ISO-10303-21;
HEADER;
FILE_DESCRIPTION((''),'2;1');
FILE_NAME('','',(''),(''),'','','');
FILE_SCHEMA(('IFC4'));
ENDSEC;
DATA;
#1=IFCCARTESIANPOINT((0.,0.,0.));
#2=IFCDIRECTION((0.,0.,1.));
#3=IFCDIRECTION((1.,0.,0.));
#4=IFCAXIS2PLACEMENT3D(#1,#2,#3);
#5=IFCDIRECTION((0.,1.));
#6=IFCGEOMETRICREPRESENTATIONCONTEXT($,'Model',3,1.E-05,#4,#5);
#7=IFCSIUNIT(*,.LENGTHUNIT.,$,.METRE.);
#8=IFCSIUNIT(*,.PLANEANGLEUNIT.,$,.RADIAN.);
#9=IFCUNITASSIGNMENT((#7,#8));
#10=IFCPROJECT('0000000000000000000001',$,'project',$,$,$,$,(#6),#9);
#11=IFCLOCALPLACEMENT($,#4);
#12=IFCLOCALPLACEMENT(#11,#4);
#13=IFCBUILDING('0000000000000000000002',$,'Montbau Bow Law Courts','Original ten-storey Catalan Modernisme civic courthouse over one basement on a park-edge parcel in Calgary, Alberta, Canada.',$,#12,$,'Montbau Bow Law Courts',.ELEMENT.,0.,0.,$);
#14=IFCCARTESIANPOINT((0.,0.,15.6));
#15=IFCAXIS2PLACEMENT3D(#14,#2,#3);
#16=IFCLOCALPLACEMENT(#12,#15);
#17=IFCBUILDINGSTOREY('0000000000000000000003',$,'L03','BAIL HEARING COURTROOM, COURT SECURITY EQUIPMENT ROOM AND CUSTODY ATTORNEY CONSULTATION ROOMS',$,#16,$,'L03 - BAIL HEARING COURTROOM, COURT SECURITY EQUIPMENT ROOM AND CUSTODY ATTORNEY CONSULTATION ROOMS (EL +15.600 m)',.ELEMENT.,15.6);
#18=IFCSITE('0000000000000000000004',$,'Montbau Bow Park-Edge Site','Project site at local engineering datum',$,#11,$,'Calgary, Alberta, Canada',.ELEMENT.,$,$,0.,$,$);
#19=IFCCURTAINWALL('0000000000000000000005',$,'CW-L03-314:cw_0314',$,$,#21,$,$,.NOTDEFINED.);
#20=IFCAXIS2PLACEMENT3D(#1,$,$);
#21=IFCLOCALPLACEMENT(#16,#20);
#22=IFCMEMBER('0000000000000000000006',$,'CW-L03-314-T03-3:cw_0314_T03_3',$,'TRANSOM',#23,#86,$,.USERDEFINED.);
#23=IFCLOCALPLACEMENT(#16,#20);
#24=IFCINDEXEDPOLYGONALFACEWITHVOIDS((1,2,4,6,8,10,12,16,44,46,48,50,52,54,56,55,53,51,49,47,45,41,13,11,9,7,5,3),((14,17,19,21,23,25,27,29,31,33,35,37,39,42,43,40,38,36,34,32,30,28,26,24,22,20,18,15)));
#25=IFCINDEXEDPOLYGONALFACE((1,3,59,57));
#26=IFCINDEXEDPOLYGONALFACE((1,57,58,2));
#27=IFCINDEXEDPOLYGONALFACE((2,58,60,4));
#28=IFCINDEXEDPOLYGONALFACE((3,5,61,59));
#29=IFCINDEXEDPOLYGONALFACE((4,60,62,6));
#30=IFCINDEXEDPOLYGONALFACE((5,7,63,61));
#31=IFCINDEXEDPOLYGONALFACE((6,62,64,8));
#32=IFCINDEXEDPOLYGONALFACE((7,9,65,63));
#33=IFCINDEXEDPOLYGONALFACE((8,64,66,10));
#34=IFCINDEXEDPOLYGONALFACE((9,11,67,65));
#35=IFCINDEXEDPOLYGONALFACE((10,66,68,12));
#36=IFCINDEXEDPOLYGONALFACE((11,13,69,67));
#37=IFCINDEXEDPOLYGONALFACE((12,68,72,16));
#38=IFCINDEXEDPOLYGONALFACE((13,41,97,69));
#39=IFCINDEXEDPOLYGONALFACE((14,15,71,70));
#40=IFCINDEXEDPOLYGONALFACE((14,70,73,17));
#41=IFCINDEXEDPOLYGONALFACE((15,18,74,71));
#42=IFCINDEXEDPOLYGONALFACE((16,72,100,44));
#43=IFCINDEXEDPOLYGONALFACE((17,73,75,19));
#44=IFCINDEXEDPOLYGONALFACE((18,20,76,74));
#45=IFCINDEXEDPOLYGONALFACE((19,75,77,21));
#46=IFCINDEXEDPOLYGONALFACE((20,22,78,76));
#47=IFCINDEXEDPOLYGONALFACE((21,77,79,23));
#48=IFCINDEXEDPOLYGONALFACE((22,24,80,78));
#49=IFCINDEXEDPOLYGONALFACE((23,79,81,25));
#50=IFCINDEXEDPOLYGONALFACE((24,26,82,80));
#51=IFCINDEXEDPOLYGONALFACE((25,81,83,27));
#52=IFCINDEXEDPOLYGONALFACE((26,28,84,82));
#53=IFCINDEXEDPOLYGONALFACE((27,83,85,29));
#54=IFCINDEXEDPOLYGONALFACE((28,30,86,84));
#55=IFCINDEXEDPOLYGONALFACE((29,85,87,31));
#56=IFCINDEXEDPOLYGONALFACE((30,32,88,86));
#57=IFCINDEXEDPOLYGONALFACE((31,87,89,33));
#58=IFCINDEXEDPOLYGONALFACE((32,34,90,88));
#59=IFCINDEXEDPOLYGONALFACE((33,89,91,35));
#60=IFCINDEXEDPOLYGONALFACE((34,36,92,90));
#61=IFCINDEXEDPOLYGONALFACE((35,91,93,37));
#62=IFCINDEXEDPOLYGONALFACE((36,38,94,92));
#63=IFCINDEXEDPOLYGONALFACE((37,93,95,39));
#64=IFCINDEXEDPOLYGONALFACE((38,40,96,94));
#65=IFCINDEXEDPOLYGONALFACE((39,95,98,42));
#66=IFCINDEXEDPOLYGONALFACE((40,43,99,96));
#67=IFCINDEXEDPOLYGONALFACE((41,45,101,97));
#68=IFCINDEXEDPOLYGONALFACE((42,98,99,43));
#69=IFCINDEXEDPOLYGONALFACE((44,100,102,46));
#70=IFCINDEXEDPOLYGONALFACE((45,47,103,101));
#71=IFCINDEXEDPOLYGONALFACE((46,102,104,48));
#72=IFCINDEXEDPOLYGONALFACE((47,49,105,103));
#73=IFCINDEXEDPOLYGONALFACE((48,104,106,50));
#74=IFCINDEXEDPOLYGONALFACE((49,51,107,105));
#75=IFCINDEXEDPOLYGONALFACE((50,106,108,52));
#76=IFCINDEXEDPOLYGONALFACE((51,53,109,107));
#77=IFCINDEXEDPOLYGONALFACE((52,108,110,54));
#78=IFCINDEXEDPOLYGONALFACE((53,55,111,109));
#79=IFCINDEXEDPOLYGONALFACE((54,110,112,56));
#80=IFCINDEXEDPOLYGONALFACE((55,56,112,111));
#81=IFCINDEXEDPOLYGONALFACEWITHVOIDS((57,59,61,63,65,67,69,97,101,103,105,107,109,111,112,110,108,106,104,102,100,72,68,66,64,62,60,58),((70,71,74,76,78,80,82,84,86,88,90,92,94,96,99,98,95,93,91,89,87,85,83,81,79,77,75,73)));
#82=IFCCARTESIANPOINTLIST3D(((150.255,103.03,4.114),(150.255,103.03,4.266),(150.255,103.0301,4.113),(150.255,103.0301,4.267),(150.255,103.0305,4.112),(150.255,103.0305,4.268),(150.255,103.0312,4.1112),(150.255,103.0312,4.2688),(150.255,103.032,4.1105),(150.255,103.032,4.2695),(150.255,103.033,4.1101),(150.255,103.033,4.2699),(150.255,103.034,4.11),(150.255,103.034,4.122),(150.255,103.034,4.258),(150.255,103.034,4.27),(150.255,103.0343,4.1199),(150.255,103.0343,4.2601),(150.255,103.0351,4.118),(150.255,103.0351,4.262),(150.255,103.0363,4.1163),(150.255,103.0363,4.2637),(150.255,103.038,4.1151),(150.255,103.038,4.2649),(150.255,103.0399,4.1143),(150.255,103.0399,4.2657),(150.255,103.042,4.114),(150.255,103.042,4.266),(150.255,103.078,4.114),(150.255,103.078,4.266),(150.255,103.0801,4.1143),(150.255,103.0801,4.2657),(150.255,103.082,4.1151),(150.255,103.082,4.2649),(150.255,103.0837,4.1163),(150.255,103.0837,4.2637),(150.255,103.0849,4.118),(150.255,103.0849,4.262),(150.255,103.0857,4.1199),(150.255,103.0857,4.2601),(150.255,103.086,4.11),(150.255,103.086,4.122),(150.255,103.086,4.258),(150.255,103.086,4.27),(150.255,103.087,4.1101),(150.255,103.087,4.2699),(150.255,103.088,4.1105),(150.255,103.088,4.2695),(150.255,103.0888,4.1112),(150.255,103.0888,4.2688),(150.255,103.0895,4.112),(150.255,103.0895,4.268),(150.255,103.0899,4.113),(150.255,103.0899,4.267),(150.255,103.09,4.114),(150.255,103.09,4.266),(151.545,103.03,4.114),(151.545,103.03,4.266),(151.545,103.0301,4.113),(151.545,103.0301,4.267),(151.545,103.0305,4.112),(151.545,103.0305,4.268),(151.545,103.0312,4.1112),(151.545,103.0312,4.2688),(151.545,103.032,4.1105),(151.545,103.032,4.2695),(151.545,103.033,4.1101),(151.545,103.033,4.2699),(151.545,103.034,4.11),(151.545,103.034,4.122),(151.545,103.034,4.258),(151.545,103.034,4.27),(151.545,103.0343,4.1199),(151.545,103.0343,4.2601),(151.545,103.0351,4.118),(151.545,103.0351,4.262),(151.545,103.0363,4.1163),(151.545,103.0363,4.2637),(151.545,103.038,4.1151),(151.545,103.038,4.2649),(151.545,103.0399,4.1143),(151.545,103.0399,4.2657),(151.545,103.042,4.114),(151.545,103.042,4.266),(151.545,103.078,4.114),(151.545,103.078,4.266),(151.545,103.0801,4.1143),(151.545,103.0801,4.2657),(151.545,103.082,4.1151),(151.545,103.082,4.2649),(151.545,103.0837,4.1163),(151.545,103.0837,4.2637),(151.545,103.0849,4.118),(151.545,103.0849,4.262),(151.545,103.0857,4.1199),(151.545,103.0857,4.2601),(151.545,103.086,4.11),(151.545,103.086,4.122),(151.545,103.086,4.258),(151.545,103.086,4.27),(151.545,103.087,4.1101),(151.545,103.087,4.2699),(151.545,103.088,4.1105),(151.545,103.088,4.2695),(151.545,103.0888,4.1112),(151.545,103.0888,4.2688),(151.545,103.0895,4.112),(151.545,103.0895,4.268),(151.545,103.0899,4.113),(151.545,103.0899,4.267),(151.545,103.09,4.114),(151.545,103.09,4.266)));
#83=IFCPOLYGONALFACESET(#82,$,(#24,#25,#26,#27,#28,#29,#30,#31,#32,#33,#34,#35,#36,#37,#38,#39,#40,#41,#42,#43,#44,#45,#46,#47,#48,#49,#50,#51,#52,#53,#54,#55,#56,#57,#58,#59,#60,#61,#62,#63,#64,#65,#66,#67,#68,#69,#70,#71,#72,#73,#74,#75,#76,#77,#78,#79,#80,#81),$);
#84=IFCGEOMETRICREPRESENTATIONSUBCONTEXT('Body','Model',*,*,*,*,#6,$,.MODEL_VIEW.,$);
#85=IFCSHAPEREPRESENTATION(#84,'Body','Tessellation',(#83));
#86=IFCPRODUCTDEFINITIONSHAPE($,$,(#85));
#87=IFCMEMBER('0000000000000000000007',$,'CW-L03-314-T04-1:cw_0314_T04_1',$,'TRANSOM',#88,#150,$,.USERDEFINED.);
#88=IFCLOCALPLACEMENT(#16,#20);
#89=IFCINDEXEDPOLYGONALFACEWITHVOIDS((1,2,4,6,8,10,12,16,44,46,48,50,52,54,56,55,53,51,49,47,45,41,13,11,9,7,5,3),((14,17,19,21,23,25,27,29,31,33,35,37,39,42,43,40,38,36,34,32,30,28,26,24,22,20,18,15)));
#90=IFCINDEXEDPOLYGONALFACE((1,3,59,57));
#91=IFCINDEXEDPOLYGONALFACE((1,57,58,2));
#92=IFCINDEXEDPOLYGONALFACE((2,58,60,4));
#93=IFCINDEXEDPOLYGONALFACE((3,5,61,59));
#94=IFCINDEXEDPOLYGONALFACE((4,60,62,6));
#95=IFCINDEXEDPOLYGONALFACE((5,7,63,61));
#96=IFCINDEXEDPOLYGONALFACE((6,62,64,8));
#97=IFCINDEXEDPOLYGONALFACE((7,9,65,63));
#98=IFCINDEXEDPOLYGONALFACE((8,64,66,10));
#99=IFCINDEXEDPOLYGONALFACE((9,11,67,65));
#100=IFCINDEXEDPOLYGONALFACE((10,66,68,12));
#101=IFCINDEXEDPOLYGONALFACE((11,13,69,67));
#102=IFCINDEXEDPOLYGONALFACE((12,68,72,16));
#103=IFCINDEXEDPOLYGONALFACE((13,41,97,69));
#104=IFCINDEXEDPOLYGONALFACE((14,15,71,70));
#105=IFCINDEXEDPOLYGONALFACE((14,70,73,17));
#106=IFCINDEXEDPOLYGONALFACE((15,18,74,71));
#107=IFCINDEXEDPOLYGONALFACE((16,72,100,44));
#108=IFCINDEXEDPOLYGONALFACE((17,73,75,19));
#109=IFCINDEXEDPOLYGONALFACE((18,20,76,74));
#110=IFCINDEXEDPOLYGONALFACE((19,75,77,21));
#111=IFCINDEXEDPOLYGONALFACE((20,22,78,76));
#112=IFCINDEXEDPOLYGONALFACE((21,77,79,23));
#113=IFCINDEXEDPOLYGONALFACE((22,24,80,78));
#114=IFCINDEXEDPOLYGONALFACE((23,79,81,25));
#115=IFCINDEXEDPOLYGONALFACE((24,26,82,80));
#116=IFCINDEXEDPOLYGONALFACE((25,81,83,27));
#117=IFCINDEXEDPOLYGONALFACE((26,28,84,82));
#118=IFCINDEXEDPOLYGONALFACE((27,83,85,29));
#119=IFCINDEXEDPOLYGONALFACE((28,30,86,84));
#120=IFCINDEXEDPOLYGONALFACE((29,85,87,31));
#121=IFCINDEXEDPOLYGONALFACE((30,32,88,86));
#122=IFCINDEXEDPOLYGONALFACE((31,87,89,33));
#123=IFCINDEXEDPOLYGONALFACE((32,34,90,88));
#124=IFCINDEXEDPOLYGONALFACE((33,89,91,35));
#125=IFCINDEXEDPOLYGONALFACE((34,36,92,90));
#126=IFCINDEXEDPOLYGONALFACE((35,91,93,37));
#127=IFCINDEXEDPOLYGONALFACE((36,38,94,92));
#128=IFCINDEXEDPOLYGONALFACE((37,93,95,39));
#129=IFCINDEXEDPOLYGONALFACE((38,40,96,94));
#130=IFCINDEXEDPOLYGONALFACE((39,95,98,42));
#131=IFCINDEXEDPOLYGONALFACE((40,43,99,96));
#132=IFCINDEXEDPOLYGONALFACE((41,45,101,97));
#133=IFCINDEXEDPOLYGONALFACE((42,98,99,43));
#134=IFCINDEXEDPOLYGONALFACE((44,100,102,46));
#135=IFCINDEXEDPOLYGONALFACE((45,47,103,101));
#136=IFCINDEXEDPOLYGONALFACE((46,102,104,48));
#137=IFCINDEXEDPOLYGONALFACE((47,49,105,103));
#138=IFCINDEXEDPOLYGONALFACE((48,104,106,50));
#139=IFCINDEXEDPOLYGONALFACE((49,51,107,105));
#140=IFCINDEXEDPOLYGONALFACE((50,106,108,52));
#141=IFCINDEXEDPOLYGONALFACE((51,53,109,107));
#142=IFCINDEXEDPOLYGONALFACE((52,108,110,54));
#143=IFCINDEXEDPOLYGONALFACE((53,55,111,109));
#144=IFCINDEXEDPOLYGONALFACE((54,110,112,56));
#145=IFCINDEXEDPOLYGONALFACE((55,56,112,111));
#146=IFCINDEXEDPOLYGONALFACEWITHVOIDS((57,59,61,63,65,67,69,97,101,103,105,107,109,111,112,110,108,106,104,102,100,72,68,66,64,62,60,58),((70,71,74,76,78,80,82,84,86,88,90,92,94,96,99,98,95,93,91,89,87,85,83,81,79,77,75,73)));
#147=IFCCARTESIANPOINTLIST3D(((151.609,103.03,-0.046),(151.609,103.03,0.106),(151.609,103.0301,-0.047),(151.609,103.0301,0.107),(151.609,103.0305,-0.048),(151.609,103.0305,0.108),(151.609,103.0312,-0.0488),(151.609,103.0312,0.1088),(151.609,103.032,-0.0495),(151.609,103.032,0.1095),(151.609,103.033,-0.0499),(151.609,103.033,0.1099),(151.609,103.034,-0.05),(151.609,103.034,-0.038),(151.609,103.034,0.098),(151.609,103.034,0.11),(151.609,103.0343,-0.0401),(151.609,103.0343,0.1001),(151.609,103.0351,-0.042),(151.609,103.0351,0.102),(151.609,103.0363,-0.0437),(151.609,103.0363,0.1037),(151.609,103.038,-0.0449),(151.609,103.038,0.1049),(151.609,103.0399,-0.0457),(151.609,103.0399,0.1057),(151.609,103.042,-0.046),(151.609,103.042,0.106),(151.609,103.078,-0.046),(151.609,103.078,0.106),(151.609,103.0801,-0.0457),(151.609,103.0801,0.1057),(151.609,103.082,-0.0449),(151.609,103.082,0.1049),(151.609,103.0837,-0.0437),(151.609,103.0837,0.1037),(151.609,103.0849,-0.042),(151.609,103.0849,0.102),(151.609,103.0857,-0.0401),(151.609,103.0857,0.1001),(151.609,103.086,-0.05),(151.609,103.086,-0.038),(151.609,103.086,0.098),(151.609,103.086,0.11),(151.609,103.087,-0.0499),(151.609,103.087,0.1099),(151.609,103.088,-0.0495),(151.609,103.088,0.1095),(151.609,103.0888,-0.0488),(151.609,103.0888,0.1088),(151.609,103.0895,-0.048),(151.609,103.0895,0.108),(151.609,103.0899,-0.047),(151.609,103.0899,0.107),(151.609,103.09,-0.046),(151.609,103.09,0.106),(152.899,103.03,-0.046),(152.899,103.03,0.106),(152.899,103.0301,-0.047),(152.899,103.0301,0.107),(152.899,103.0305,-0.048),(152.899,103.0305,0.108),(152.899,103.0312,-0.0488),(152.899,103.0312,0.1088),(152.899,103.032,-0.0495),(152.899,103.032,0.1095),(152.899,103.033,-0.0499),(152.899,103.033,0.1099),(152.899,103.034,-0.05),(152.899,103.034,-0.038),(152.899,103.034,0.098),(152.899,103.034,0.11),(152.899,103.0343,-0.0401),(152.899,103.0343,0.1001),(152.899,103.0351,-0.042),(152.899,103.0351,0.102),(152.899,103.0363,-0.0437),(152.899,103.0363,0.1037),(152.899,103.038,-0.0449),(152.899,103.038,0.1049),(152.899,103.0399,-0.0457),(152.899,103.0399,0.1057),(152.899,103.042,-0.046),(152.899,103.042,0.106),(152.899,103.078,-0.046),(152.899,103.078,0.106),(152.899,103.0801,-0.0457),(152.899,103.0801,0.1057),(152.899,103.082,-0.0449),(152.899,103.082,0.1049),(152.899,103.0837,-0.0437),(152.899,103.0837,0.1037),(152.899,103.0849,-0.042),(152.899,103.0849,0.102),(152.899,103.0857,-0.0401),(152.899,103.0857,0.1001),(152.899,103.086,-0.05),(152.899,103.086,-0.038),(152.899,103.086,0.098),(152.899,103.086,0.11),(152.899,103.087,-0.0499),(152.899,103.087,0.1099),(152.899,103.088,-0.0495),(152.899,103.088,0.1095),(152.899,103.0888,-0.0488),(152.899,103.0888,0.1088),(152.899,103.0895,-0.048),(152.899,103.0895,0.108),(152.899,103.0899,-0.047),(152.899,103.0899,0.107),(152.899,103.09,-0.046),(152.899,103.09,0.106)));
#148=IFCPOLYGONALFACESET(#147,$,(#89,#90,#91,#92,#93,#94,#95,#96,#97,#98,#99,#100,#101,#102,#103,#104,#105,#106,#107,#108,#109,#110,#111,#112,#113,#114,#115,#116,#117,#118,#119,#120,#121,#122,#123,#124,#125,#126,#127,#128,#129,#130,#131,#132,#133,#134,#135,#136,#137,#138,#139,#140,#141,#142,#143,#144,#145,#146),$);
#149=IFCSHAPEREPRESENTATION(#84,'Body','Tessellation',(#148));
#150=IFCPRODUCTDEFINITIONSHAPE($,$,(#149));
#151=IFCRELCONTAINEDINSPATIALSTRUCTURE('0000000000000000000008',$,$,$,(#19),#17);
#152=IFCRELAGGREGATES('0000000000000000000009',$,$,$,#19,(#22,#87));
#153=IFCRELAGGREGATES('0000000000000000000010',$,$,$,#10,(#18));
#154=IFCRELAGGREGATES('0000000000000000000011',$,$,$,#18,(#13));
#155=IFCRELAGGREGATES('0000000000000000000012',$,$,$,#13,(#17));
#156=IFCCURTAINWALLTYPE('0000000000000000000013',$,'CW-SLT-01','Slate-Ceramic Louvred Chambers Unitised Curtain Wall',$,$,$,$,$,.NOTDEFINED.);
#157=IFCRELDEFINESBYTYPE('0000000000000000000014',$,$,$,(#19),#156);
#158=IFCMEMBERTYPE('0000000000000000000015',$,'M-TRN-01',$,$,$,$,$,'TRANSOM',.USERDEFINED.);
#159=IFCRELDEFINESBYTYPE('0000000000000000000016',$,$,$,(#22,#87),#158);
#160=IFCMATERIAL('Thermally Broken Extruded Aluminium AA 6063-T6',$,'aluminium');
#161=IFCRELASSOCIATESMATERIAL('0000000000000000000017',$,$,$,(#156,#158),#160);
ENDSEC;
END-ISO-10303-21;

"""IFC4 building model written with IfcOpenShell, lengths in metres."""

from ifc_helpers import new_model, si_unit, direction, frame, origin_with_axes, origin_2d_with_axis, place, context, subcontext, project, spatial, hollow_rectangle, extrude, material, material_profile, profile_set, type_object, element, aggregate, save


model = new_model("IFC4")

# Units and contexts
model_context = context("Model", 3, precision=1e-05, world=origin_with_axes(), true_north=direction((0.0, 1.0)))
body_context = subcontext(model_context, "Body", "Model", "MODEL_VIEW")
ifc_project = project(units=[si_unit("LENGTHUNIT", "METRE"), si_unit("PLANEANGLEUNIT", "RADIAN")], contexts=[model_context])

# Site, building, storey
site_placement = place(None, origin_with_axes())
site = spatial("IfcSite", under=ifc_project, at=site_placement, Name="Montbau Bow Park-Edge Site", Description="Project site at local engineering datum", LongName="Calgary, Alberta, Canada", CompositionType="ELEMENT", RefElevation=0.0)
building_placement = place(site_placement, origin_with_axes())
building = spatial("IfcBuilding", under=site, at=building_placement, Name="Montbau Bow Law Courts", Description="Original ten-storey Catalan Modernisme civic courthouse over one basement on a park-edge parcel in Calgary, Alberta, Canada.", LongName="Montbau Bow Law Courts", CompositionType="ELEMENT", ElevationOfRefHeight=0.0, ElevationOfTerrain=0.0)
storey_placement = place(building_placement, frame((0.0, 0.0, 15.6), z_axis=(0.0, 0.0, 1.0), x_axis=(1.0, 0.0, 0.0)))
storey = spatial("IfcBuildingStorey", under=building, at=storey_placement, Name="L03", Description="BAIL HEARING COURTROOM, COURT SECURITY EQUIPMENT ROOM AND CUSTODY ATTORNEY CONSULTATION ROOMS", LongName="L03 - BAIL HEARING COURTROOM, COURT SECURITY EQUIPMENT ROOM AND CUSTODY ATTORNEY CONSULTATION ROOMS (EL +15.600 m)", CompositionType="ELEMENT", Elevation=15.6)

# Curtain wall, members
ifc_material_1 = material(Name="Thermally Broken Extruded Aluminium AA 6063-T6", Category="aluminium")
curtain_wall_type = type_object("IfcCurtainWallType", Name="CW-SLT-01", Description="Slate-Ceramic Louvred Chambers Unitised Curtain Wall", PredefinedType="NOTDEFINED", material=ifc_material_1)
curtain_wall_placement = place(None, frame((147.515, 103.06, 15.6), z_axis=(0.0, 0.0, 1.0), x_axis=(1.0, 0.0, 0.0)))
curtain_wall = element("IfcCurtainWall", 1, at=curtain_wall_placement, inside=storey, type_object=curtain_wall_type, Name="CW-L03-314:cw_0314", PredefinedType="NOTDEFINED")
ifc_material_profile_1 = material_profile(ifc_material_1, hollow_rectangle(XDim=0.06, YDim=0.16, WallThickness=0.004, InnerFilletRadius=0.008, OuterFilletRadius=0.004, at=origin_2d_with_axis()), Name="CWT-160X60", Category="Main", Priority=0)
ifc_profile_set_1 = profile_set([ifc_material_profile_1], Name="Thermally Broken Extruded Aluminium AA 6063-T6")
member_type_1 = type_object("IfcMemberType", Name="M-TRN-01", ElementType="TRANSOM", PredefinedType="USERDEFINED", material=ifc_profile_set_1)
member_1_placement = place(None, frame((150.255, 103.06, 19.79), z_axis=(1.0, 0.0, 0.0), x_axis=(0.0, 1.0, 0.0)))
member_1 = element("IfcMember", 2, at=member_1_placement, type_object=member_type_1, Name="CW-L03-314-T03-3:cw_0314_T03_3", ObjectType="TRANSOM", PredefinedType="USERDEFINED", context=body_context, shape_type="SweptSolid", body=[
    extrude(hollow_rectangle(XDim=0.06, YDim=0.16, WallThickness=0.004, InnerFilletRadius=0.008, OuterFilletRadius=0.004, at=origin_2d_with_axis()), origin_with_axes(), (0.0, 0.0, 1.0), 1.29),
])
member_2_placement = place(None, frame((151.609, 103.06, 15.63), z_axis=(1.0, 0.0, 0.0), x_axis=(0.0, 1.0, 0.0)))
member_2 = element("IfcMember", 3, at=member_2_placement, type_object=member_type_1, Name="CW-L03-314-T04-1:cw_0314_T04_1", ObjectType="TRANSOM", PredefinedType="USERDEFINED", context=body_context, shape_type="SweptSolid", body=[
    extrude(hollow_rectangle(XDim=0.06, YDim=0.16, WallThickness=0.004, InnerFilletRadius=0.008, OuterFilletRadius=0.004, at=origin_2d_with_axis()), origin_with_axes(), (0.0, 0.0, 1.0), 1.29),
])
aggregate(curtain_wall, [member_1, member_2])

save(model, "model.ifc")
